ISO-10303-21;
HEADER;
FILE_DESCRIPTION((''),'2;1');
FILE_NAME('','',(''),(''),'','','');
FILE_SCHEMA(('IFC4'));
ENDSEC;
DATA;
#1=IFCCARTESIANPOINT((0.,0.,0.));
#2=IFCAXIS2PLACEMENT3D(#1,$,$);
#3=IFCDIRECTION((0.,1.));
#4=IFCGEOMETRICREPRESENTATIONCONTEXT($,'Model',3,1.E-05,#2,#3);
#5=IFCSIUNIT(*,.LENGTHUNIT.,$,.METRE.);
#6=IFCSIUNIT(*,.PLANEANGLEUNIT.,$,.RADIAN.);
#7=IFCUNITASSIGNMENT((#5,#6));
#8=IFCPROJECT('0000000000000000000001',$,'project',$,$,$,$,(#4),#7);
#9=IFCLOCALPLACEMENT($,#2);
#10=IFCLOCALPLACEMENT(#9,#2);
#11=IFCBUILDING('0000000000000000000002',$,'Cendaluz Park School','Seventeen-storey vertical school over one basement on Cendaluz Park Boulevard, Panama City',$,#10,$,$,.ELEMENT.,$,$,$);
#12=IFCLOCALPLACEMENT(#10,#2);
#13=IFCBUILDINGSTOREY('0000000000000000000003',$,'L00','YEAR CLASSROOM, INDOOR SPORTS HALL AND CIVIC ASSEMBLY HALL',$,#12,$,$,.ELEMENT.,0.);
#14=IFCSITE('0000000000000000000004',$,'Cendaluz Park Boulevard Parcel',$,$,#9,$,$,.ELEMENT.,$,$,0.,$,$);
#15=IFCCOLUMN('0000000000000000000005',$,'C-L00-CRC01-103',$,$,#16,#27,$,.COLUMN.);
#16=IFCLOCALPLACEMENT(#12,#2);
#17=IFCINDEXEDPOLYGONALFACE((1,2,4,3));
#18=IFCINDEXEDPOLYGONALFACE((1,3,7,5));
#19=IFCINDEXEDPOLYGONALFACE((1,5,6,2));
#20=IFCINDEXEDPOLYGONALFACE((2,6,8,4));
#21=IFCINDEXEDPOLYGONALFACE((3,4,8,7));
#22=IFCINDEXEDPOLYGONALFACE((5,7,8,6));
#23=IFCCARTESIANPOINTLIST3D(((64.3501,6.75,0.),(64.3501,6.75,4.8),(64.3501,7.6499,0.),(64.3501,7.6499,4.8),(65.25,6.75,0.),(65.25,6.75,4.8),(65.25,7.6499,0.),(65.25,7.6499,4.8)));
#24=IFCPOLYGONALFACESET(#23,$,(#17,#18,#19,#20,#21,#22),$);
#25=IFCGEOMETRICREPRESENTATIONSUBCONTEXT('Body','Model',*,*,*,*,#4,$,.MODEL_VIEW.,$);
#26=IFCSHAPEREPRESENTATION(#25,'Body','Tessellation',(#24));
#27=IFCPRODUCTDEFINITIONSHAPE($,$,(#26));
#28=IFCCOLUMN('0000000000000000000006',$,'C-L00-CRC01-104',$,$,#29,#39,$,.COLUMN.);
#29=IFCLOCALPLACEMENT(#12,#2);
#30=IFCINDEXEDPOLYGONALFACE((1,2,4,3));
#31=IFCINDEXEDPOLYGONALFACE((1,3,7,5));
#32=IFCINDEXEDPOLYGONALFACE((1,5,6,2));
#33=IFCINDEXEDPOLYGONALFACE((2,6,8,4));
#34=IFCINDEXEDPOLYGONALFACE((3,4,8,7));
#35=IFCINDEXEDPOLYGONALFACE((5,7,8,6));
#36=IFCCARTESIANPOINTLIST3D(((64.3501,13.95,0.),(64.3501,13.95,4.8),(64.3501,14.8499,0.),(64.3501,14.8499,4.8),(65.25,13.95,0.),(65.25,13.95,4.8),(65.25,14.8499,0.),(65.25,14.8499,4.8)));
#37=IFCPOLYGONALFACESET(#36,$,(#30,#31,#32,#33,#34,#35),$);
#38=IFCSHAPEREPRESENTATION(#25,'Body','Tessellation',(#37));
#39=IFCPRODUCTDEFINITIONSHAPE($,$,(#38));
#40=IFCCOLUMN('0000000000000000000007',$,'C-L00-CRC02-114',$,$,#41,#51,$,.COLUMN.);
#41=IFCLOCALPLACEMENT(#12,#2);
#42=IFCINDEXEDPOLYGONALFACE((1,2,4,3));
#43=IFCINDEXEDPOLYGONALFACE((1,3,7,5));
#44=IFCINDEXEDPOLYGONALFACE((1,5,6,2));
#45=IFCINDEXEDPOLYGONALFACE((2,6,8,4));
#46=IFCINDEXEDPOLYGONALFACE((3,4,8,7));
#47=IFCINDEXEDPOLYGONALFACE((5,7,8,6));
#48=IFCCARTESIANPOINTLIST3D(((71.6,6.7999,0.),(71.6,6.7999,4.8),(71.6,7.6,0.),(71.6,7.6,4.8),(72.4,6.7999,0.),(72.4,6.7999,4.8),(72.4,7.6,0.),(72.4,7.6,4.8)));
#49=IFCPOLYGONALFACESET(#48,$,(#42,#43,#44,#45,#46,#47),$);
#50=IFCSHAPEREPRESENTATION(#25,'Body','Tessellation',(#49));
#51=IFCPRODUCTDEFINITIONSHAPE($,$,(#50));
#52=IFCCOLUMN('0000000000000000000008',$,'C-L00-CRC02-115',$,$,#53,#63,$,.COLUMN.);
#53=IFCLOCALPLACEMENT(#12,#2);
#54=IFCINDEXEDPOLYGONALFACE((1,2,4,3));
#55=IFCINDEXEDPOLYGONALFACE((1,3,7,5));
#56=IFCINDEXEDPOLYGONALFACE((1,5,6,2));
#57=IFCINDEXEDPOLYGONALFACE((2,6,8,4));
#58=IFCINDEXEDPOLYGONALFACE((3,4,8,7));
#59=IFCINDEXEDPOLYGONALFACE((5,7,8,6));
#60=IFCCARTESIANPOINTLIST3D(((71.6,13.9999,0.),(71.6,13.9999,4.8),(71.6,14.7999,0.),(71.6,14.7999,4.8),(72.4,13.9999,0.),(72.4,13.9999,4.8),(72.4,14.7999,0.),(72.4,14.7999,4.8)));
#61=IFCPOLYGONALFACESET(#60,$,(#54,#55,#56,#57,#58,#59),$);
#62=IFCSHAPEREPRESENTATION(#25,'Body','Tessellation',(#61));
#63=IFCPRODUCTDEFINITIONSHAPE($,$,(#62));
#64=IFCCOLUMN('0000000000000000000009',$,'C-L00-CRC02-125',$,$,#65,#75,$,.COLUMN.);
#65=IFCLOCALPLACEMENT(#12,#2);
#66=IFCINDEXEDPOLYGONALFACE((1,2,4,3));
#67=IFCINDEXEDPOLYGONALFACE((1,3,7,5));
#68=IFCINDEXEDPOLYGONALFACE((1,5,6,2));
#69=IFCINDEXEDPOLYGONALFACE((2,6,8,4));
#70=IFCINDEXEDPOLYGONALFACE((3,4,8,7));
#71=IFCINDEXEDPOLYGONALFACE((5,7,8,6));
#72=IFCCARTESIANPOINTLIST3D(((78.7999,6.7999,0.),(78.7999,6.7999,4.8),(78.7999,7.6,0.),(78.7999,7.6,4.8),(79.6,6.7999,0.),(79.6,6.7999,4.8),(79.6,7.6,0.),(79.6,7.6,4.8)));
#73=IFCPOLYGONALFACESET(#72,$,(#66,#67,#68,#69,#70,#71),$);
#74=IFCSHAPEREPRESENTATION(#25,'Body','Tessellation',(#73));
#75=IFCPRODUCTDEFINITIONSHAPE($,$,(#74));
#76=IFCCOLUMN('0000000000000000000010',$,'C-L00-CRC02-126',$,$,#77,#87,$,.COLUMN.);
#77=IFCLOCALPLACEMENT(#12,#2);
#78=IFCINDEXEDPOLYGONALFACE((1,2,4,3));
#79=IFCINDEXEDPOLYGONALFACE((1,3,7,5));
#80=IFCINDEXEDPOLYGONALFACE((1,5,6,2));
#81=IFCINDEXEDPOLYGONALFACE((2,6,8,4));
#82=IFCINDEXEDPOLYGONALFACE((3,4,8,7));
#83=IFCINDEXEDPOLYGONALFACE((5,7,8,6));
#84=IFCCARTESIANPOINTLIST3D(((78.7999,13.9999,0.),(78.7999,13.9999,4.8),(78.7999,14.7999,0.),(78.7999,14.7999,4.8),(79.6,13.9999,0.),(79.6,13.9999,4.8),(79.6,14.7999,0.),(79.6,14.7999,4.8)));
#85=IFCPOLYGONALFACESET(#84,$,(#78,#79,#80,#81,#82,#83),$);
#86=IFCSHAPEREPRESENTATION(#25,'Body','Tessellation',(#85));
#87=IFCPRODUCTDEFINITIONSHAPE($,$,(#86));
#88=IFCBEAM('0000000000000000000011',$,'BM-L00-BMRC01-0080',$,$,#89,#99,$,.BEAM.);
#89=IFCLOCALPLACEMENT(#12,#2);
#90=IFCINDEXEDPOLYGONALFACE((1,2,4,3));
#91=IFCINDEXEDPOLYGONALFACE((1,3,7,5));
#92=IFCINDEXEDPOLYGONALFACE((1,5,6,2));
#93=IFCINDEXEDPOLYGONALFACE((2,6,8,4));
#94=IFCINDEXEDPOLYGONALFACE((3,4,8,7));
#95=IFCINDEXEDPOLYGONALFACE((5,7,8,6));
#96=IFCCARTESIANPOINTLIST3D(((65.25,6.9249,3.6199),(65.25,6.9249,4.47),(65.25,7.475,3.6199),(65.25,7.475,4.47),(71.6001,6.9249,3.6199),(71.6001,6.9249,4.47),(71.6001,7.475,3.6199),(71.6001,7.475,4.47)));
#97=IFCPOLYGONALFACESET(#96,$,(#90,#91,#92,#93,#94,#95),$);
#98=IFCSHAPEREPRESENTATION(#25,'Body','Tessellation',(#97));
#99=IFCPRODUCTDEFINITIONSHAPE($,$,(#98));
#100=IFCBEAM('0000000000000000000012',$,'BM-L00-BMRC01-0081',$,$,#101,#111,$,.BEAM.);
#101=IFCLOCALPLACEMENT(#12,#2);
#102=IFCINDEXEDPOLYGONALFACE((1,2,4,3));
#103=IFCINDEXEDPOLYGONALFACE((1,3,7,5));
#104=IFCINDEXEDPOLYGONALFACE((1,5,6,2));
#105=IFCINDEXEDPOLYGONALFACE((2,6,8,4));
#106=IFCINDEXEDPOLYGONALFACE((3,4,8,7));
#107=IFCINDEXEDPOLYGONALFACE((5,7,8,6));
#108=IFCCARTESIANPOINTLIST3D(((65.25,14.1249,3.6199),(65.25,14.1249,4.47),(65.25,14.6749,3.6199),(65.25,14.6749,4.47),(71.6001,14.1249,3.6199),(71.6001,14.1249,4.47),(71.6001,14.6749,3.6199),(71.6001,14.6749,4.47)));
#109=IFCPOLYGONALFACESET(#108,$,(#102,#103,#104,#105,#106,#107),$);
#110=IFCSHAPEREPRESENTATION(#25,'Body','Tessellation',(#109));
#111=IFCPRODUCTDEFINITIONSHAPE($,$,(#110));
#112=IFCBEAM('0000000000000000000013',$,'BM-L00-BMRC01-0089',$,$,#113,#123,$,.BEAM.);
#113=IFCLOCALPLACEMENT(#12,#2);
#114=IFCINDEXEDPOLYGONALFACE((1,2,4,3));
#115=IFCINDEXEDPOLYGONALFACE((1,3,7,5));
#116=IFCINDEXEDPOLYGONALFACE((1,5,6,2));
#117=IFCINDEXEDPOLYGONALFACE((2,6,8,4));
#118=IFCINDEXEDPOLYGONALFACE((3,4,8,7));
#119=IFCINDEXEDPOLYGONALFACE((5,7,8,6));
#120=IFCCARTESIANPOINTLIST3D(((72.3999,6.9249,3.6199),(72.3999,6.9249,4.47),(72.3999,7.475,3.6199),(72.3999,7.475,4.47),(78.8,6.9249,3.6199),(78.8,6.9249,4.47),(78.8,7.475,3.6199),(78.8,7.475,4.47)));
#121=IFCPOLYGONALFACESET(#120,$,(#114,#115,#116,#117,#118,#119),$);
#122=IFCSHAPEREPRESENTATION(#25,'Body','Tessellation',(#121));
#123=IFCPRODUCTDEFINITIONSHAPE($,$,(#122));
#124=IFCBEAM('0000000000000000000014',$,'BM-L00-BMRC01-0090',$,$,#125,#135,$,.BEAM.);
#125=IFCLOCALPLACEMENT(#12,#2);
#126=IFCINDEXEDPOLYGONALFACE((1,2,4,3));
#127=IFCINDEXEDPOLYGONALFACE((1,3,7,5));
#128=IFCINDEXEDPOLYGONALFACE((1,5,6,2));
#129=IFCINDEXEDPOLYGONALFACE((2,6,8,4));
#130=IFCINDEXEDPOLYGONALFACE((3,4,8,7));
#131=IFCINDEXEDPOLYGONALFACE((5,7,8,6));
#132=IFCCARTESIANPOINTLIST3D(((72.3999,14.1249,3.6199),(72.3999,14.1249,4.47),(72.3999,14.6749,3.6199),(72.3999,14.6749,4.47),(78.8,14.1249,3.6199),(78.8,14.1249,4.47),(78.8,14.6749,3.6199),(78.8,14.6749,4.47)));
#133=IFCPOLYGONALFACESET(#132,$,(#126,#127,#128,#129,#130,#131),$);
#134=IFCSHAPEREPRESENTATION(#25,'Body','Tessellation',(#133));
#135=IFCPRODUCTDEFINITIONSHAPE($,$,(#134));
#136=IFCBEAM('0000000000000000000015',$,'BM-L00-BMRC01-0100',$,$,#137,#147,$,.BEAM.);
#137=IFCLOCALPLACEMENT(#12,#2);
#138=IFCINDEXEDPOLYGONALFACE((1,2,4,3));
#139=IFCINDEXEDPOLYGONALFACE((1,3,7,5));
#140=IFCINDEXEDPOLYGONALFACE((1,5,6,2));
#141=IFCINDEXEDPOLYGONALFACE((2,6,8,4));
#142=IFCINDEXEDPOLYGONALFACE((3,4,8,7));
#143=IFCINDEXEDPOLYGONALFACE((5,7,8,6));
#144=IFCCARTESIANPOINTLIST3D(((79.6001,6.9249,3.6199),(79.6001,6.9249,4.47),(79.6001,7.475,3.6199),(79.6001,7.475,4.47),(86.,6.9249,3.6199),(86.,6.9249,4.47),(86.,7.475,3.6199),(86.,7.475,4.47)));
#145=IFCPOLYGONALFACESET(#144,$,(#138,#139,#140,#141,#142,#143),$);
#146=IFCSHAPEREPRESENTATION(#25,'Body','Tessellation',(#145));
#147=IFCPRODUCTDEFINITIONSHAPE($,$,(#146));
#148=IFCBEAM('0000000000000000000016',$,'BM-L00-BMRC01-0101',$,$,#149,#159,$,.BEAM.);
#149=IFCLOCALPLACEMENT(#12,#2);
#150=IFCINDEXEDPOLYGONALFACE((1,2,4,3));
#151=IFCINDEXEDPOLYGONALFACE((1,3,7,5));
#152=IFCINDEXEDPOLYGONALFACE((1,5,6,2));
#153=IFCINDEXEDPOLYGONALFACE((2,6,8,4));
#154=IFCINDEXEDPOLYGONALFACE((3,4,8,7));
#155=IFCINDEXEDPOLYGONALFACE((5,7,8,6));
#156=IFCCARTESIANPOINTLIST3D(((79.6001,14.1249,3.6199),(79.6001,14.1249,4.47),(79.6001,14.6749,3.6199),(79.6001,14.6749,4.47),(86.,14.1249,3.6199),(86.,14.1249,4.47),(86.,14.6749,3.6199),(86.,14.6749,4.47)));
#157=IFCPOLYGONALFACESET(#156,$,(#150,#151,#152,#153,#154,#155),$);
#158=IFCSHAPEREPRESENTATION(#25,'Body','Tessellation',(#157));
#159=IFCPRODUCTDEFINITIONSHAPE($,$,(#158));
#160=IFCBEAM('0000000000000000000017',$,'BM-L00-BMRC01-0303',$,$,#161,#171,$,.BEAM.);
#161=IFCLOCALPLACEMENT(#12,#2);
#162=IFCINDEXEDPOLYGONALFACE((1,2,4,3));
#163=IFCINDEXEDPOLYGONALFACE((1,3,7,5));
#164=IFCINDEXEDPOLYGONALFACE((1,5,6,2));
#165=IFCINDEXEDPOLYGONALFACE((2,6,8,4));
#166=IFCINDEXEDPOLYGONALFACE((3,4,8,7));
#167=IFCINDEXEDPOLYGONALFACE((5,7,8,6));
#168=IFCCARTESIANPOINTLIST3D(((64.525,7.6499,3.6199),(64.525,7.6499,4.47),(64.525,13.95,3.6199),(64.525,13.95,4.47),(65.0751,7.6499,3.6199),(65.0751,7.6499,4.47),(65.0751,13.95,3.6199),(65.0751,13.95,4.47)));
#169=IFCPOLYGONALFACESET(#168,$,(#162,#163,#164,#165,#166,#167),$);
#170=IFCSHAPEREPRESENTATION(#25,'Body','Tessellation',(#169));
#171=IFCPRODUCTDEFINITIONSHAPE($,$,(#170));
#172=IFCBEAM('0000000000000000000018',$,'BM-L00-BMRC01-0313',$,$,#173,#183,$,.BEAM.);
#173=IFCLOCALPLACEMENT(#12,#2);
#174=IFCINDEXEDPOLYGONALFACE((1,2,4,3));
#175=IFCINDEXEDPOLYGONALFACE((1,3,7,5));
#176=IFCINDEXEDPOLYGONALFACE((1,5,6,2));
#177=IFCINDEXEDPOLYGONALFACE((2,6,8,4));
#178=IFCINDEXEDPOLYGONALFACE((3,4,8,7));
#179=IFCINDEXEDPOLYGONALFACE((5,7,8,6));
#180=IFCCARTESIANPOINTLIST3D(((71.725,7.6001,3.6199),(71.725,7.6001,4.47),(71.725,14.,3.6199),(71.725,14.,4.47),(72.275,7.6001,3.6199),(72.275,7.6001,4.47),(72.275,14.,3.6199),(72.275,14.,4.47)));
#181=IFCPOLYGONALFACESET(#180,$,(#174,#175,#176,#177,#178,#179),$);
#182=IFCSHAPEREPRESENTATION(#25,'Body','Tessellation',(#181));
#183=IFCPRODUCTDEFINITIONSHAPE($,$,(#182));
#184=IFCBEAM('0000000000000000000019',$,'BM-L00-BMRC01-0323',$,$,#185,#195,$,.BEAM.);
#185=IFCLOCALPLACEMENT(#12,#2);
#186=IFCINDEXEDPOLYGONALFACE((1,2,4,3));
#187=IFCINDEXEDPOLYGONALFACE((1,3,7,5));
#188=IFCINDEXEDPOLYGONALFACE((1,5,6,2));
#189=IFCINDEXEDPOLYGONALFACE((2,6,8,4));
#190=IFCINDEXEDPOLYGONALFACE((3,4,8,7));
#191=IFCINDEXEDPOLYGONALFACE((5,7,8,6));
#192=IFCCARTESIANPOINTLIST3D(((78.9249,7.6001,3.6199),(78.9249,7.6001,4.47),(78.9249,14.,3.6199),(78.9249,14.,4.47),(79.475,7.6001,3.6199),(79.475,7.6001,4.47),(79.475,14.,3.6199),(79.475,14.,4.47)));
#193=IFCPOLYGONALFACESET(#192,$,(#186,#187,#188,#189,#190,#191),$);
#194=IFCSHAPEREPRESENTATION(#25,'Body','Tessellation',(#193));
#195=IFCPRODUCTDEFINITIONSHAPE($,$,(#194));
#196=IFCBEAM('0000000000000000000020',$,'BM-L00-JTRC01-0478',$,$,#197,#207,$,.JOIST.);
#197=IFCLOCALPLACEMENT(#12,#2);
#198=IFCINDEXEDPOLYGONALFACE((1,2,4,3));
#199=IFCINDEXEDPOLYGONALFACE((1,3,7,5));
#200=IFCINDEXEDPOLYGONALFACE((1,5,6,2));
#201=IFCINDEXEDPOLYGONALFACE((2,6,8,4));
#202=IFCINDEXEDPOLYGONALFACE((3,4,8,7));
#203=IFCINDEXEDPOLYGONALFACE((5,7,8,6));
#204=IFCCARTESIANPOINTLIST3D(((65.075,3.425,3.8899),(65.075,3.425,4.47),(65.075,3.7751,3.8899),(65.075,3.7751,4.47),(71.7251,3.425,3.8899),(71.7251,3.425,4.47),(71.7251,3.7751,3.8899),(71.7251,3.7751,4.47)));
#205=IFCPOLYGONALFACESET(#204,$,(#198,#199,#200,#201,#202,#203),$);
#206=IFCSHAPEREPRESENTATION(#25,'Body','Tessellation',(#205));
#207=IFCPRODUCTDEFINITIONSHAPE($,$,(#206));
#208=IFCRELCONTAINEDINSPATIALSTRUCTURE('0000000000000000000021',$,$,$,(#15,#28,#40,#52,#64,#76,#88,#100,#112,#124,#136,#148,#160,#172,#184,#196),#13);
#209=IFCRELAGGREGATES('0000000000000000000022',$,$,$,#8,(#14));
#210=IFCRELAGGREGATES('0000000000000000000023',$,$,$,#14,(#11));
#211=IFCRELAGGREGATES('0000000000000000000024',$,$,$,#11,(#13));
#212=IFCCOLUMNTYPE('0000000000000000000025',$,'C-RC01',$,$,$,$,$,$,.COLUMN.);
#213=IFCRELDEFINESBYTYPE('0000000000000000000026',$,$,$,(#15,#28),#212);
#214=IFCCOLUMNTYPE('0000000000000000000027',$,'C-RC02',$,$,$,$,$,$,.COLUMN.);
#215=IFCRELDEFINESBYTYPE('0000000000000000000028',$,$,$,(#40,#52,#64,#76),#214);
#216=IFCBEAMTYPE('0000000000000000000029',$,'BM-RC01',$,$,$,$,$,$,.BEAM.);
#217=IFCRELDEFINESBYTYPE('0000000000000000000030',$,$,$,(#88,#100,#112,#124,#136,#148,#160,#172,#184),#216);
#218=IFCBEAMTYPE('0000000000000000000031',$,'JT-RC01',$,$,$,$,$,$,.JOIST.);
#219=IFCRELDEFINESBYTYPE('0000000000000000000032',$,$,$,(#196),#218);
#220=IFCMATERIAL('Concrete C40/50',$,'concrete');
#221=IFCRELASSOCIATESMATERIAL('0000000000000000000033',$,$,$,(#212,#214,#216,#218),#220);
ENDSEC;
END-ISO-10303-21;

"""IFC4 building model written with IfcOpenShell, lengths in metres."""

from ifc_helpers import new_model, si_unit, direction, frame, origin, origin_2d, place, context, subcontext, project, spatial, rectangle, extrude, material, material_profile, profile_set, type_object, element, save


model = new_model("IFC4")

# Units and contexts
model_context = context("Model", 3, precision=1e-05, world=origin(), true_north=direction((0.0, 1.0)))
body_context = subcontext(model_context, "Body", "Model", "MODEL_VIEW")
ifc_project = project(units=[si_unit("LENGTHUNIT", "METRE"), si_unit("PLANEANGLEUNIT", "RADIAN")], contexts=[model_context])

# Site, building, storey
site_placement = place(None, origin())
site = spatial("IfcSite", under=ifc_project, at=site_placement, Name="Cendaluz Park Boulevard Parcel", CompositionType="ELEMENT", RefElevation=0.0)
building_placement = place(site_placement, origin())
building = spatial("IfcBuilding", under=site, at=building_placement, Name="Cendaluz Park School", Description="Seventeen-storey vertical school over one basement on Cendaluz Park Boulevard, Panama City", CompositionType="ELEMENT")
storey_placement = place(building_placement, origin())
storey = spatial("IfcBuildingStorey", under=building, at=storey_placement, Name="L00", Description="YEAR CLASSROOM, INDOOR SPORTS HALL AND CIVIC ASSEMBLY HALL", CompositionType="ELEMENT", Elevation=0.0)

# Columns
ifc_material_1 = material(Name="Concrete C40/50", Category="concrete")
ifc_material_profile_1 = material_profile(ifc_material_1, rectangle(XDim=0.8999, YDim=0.8999, at=origin_2d()), Name="RC 900x900", Category="concrete")
ifc_profile_set_1 = profile_set([ifc_material_profile_1], Name="Concrete C40/50")
column_type_1 = type_object("IfcColumnType", Name="C-RC01", PredefinedType="COLUMN", material=ifc_profile_set_1)
for number, where, z_axis, x_axis, name in (
    (1, (64.8, 7.2, 0.0), (0.0, 0.0, 1.0), (1.0, 0.0, 0.0), "C-L00-CRC01-103"),
    (2, (64.8, 14.3999, 0.0), (0.0, 0.0, 1.0), (1.0, 0.0, 0.0), "C-L00-CRC01-104"),
):
    element("IfcColumn", number, at=place(storey_placement, frame(where, z_axis=z_axis, x_axis=x_axis)), inside=storey, type_object=column_type_1, Name=name, PredefinedType="COLUMN", context=body_context, shape_type="SweptSolid", body=[
        extrude(rectangle(XDim=0.8999, YDim=0.8999, at=origin_2d()), origin(), (0.0, 0.0, 1.0), 4.8),
    ])
ifc_material_profile_2 = material_profile(ifc_material_1, rectangle(XDim=0.8, YDim=0.8, at=origin_2d()), Name="RC 800x800", Category="concrete")
ifc_profile_set_2 = profile_set([ifc_material_profile_2], Name="Concrete C40/50")
column_type_2 = type_object("IfcColumnType", Name="C-RC02", PredefinedType="COLUMN", material=ifc_profile_set_2)
for number, where, z_axis, x_axis, name in (
    (3, (72.0, 7.2, 0.0), (0.0, 0.0, 1.0), (1.0, 0.0, 0.0), "C-L00-CRC02-114"),
    (4, (72.0, 14.3999, 0.0), (0.0, 0.0, 1.0), (1.0, 0.0, 0.0), "C-L00-CRC02-115"),
    (5, (79.2, 7.2, 0.0), (0.0, 0.0, 1.0), (1.0, 0.0, 0.0), "C-L00-CRC02-125"),
    (6, (79.2, 14.3999, 0.0), (0.0, 0.0, 1.0), (1.0, 0.0, 0.0), "C-L00-CRC02-126"),
):
    element("IfcColumn", number, at=place(storey_placement, frame(where, z_axis=z_axis, x_axis=x_axis)), inside=storey, type_object=column_type_2, Name=name, PredefinedType="COLUMN", context=body_context, shape_type="SweptSolid", body=[
        extrude(rectangle(XDim=0.8, YDim=0.8, at=origin_2d()), origin(), (0.0, 0.0, 1.0), 4.8),
    ])

# Beams
ifc_material_profile_3 = material_profile(ifc_material_1, rectangle(XDim=0.55, YDim=0.8501, at=origin_2d()), Name="RC 550x850", Category="concrete")
ifc_profile_set_3 = profile_set([ifc_material_profile_3], Name="Concrete C40/50")
beam_type_1 = type_object("IfcBeamType", Name="BM-RC01", PredefinedType="BEAM", material=ifc_profile_set_3)
for number, where, z_axis, x_axis, name in (
    (7, (65.25, 7.2, 4.0449), (1.0, 0.0, 0.0), (0.0, 1.0, 0.0), "BM-L00-BMRC01-0080"),
    (8, (65.25, 14.3999, 4.0449), (1.0, 0.0, 0.0), (0.0, 1.0, 0.0), "BM-L00-BMRC01-0081"),
):
    element("IfcBeam", number, at=place(storey_placement, frame(where, z_axis=z_axis, x_axis=x_axis)), inside=storey, type_object=beam_type_1, Name=name, PredefinedType="BEAM", context=body_context, shape_type="SweptSolid", body=[
        extrude(rectangle(XDim=0.55, YDim=0.8501, at=origin_2d()), origin(), (0.0, 0.0, 1.0), 6.3501),
    ])
for number, where, z_axis, x_axis, name in (
    (9, (72.3999, 7.2, 4.0449), (1.0, 0.0, 0.0), (0.0, 1.0, 0.0), "BM-L00-BMRC01-0089"),
    (10, (72.3999, 14.3999, 4.0449), (1.0, 0.0, 0.0), (0.0, 1.0, 0.0), "BM-L00-BMRC01-0090"),
):
    element("IfcBeam", number, at=place(storey_placement, frame(where, z_axis=z_axis, x_axis=x_axis)), inside=storey, type_object=beam_type_1, Name=name, PredefinedType="BEAM", context=body_context, shape_type="SweptSolid", body=[
        extrude(rectangle(XDim=0.55, YDim=0.8501, at=origin_2d()), origin(), (0.0, 0.0, 1.0), 6.4001),
    ])
for number, where, z_axis, x_axis, name in (
    (11, (79.6001, 7.2, 4.0449), (1.0, 0.0, 0.0), (0.0, 1.0, 0.0), "BM-L00-BMRC01-0100"),
    (12, (79.6001, 14.3999, 4.0449), (1.0, 0.0, 0.0), (0.0, 1.0, 0.0), "BM-L00-BMRC01-0101"),
):
    element("IfcBeam", number, at=place(storey_placement, frame(where, z_axis=z_axis, x_axis=x_axis)), inside=storey, type_object=beam_type_1, Name=name, PredefinedType="BEAM", context=body_context, shape_type="SweptSolid", body=[
        extrude(rectangle(XDim=0.55, YDim=0.8501, at=origin_2d()), origin(), (0.0, 0.0, 1.0), 6.3999),
    ])
beam_1_placement = place(storey_placement, frame((64.8, 7.6499, 4.0449), z_axis=(0.0, 1.0, 0.0), x_axis=(-1.0, 0.0, 0.0)))
element("IfcBeam", 13, at=beam_1_placement, inside=storey, type_object=beam_type_1, Name="BM-L00-BMRC01-0303", PredefinedType="BEAM", context=body_context, shape_type="SweptSolid", body=[
    extrude(rectangle(XDim=0.55, YDim=0.8501, at=origin_2d()), origin(), (0.0, 0.0, 1.0), 6.3),
])
for number, where, z_axis, x_axis, name in (
    (14, (72.0, 7.6001, 4.0449), (0.0, 1.0, 0.0), (-1.0, 0.0, 0.0), "BM-L00-BMRC01-0313"),
    (15, (79.2, 7.6001, 4.0449), (0.0, 1.0, 0.0), (-1.0, 0.0, 0.0), "BM-L00-BMRC01-0323"),
):
    element("IfcBeam", number, at=place(storey_placement, frame(where, z_axis=z_axis, x_axis=x_axis)), inside=storey, type_object=beam_type_1, Name=name, PredefinedType="BEAM", context=body_context, shape_type="SweptSolid", body=[
        extrude(rectangle(XDim=0.55, YDim=0.8501, at=origin_2d()), origin(), (0.0, 0.0, 1.0), 6.3999),
    ])
ifc_material_profile_4 = material_profile(ifc_material_1, rectangle(XDim=0.3501, YDim=0.5801, at=origin_2d()), Name="RC 350x580", Category="concrete")
ifc_profile_set_4 = profile_set([ifc_material_profile_4], Name="Concrete C40/50")
beam_type_2 = type_object("IfcBeamType", Name="JT-RC01", PredefinedType="JOIST", material=ifc_profile_set_4)
beam_2_placement = place(storey_placement, frame((65.075, 3.6001, 4.1799), z_axis=(1.0, 0.0, 0.0), x_axis=(0.0, 1.0, 0.0)))
element("IfcBeam", 16, at=beam_2_placement, inside=storey, type_object=beam_type_2, Name="BM-L00-JTRC01-0478", PredefinedType="JOIST", context=body_context, shape_type="SweptSolid", body=[
    extrude(rectangle(XDim=0.3501, YDim=0.5801, at=origin_2d()), origin(), (0.0, 0.0, 1.0), 6.6501),
])

save(model, "model.ifc")
